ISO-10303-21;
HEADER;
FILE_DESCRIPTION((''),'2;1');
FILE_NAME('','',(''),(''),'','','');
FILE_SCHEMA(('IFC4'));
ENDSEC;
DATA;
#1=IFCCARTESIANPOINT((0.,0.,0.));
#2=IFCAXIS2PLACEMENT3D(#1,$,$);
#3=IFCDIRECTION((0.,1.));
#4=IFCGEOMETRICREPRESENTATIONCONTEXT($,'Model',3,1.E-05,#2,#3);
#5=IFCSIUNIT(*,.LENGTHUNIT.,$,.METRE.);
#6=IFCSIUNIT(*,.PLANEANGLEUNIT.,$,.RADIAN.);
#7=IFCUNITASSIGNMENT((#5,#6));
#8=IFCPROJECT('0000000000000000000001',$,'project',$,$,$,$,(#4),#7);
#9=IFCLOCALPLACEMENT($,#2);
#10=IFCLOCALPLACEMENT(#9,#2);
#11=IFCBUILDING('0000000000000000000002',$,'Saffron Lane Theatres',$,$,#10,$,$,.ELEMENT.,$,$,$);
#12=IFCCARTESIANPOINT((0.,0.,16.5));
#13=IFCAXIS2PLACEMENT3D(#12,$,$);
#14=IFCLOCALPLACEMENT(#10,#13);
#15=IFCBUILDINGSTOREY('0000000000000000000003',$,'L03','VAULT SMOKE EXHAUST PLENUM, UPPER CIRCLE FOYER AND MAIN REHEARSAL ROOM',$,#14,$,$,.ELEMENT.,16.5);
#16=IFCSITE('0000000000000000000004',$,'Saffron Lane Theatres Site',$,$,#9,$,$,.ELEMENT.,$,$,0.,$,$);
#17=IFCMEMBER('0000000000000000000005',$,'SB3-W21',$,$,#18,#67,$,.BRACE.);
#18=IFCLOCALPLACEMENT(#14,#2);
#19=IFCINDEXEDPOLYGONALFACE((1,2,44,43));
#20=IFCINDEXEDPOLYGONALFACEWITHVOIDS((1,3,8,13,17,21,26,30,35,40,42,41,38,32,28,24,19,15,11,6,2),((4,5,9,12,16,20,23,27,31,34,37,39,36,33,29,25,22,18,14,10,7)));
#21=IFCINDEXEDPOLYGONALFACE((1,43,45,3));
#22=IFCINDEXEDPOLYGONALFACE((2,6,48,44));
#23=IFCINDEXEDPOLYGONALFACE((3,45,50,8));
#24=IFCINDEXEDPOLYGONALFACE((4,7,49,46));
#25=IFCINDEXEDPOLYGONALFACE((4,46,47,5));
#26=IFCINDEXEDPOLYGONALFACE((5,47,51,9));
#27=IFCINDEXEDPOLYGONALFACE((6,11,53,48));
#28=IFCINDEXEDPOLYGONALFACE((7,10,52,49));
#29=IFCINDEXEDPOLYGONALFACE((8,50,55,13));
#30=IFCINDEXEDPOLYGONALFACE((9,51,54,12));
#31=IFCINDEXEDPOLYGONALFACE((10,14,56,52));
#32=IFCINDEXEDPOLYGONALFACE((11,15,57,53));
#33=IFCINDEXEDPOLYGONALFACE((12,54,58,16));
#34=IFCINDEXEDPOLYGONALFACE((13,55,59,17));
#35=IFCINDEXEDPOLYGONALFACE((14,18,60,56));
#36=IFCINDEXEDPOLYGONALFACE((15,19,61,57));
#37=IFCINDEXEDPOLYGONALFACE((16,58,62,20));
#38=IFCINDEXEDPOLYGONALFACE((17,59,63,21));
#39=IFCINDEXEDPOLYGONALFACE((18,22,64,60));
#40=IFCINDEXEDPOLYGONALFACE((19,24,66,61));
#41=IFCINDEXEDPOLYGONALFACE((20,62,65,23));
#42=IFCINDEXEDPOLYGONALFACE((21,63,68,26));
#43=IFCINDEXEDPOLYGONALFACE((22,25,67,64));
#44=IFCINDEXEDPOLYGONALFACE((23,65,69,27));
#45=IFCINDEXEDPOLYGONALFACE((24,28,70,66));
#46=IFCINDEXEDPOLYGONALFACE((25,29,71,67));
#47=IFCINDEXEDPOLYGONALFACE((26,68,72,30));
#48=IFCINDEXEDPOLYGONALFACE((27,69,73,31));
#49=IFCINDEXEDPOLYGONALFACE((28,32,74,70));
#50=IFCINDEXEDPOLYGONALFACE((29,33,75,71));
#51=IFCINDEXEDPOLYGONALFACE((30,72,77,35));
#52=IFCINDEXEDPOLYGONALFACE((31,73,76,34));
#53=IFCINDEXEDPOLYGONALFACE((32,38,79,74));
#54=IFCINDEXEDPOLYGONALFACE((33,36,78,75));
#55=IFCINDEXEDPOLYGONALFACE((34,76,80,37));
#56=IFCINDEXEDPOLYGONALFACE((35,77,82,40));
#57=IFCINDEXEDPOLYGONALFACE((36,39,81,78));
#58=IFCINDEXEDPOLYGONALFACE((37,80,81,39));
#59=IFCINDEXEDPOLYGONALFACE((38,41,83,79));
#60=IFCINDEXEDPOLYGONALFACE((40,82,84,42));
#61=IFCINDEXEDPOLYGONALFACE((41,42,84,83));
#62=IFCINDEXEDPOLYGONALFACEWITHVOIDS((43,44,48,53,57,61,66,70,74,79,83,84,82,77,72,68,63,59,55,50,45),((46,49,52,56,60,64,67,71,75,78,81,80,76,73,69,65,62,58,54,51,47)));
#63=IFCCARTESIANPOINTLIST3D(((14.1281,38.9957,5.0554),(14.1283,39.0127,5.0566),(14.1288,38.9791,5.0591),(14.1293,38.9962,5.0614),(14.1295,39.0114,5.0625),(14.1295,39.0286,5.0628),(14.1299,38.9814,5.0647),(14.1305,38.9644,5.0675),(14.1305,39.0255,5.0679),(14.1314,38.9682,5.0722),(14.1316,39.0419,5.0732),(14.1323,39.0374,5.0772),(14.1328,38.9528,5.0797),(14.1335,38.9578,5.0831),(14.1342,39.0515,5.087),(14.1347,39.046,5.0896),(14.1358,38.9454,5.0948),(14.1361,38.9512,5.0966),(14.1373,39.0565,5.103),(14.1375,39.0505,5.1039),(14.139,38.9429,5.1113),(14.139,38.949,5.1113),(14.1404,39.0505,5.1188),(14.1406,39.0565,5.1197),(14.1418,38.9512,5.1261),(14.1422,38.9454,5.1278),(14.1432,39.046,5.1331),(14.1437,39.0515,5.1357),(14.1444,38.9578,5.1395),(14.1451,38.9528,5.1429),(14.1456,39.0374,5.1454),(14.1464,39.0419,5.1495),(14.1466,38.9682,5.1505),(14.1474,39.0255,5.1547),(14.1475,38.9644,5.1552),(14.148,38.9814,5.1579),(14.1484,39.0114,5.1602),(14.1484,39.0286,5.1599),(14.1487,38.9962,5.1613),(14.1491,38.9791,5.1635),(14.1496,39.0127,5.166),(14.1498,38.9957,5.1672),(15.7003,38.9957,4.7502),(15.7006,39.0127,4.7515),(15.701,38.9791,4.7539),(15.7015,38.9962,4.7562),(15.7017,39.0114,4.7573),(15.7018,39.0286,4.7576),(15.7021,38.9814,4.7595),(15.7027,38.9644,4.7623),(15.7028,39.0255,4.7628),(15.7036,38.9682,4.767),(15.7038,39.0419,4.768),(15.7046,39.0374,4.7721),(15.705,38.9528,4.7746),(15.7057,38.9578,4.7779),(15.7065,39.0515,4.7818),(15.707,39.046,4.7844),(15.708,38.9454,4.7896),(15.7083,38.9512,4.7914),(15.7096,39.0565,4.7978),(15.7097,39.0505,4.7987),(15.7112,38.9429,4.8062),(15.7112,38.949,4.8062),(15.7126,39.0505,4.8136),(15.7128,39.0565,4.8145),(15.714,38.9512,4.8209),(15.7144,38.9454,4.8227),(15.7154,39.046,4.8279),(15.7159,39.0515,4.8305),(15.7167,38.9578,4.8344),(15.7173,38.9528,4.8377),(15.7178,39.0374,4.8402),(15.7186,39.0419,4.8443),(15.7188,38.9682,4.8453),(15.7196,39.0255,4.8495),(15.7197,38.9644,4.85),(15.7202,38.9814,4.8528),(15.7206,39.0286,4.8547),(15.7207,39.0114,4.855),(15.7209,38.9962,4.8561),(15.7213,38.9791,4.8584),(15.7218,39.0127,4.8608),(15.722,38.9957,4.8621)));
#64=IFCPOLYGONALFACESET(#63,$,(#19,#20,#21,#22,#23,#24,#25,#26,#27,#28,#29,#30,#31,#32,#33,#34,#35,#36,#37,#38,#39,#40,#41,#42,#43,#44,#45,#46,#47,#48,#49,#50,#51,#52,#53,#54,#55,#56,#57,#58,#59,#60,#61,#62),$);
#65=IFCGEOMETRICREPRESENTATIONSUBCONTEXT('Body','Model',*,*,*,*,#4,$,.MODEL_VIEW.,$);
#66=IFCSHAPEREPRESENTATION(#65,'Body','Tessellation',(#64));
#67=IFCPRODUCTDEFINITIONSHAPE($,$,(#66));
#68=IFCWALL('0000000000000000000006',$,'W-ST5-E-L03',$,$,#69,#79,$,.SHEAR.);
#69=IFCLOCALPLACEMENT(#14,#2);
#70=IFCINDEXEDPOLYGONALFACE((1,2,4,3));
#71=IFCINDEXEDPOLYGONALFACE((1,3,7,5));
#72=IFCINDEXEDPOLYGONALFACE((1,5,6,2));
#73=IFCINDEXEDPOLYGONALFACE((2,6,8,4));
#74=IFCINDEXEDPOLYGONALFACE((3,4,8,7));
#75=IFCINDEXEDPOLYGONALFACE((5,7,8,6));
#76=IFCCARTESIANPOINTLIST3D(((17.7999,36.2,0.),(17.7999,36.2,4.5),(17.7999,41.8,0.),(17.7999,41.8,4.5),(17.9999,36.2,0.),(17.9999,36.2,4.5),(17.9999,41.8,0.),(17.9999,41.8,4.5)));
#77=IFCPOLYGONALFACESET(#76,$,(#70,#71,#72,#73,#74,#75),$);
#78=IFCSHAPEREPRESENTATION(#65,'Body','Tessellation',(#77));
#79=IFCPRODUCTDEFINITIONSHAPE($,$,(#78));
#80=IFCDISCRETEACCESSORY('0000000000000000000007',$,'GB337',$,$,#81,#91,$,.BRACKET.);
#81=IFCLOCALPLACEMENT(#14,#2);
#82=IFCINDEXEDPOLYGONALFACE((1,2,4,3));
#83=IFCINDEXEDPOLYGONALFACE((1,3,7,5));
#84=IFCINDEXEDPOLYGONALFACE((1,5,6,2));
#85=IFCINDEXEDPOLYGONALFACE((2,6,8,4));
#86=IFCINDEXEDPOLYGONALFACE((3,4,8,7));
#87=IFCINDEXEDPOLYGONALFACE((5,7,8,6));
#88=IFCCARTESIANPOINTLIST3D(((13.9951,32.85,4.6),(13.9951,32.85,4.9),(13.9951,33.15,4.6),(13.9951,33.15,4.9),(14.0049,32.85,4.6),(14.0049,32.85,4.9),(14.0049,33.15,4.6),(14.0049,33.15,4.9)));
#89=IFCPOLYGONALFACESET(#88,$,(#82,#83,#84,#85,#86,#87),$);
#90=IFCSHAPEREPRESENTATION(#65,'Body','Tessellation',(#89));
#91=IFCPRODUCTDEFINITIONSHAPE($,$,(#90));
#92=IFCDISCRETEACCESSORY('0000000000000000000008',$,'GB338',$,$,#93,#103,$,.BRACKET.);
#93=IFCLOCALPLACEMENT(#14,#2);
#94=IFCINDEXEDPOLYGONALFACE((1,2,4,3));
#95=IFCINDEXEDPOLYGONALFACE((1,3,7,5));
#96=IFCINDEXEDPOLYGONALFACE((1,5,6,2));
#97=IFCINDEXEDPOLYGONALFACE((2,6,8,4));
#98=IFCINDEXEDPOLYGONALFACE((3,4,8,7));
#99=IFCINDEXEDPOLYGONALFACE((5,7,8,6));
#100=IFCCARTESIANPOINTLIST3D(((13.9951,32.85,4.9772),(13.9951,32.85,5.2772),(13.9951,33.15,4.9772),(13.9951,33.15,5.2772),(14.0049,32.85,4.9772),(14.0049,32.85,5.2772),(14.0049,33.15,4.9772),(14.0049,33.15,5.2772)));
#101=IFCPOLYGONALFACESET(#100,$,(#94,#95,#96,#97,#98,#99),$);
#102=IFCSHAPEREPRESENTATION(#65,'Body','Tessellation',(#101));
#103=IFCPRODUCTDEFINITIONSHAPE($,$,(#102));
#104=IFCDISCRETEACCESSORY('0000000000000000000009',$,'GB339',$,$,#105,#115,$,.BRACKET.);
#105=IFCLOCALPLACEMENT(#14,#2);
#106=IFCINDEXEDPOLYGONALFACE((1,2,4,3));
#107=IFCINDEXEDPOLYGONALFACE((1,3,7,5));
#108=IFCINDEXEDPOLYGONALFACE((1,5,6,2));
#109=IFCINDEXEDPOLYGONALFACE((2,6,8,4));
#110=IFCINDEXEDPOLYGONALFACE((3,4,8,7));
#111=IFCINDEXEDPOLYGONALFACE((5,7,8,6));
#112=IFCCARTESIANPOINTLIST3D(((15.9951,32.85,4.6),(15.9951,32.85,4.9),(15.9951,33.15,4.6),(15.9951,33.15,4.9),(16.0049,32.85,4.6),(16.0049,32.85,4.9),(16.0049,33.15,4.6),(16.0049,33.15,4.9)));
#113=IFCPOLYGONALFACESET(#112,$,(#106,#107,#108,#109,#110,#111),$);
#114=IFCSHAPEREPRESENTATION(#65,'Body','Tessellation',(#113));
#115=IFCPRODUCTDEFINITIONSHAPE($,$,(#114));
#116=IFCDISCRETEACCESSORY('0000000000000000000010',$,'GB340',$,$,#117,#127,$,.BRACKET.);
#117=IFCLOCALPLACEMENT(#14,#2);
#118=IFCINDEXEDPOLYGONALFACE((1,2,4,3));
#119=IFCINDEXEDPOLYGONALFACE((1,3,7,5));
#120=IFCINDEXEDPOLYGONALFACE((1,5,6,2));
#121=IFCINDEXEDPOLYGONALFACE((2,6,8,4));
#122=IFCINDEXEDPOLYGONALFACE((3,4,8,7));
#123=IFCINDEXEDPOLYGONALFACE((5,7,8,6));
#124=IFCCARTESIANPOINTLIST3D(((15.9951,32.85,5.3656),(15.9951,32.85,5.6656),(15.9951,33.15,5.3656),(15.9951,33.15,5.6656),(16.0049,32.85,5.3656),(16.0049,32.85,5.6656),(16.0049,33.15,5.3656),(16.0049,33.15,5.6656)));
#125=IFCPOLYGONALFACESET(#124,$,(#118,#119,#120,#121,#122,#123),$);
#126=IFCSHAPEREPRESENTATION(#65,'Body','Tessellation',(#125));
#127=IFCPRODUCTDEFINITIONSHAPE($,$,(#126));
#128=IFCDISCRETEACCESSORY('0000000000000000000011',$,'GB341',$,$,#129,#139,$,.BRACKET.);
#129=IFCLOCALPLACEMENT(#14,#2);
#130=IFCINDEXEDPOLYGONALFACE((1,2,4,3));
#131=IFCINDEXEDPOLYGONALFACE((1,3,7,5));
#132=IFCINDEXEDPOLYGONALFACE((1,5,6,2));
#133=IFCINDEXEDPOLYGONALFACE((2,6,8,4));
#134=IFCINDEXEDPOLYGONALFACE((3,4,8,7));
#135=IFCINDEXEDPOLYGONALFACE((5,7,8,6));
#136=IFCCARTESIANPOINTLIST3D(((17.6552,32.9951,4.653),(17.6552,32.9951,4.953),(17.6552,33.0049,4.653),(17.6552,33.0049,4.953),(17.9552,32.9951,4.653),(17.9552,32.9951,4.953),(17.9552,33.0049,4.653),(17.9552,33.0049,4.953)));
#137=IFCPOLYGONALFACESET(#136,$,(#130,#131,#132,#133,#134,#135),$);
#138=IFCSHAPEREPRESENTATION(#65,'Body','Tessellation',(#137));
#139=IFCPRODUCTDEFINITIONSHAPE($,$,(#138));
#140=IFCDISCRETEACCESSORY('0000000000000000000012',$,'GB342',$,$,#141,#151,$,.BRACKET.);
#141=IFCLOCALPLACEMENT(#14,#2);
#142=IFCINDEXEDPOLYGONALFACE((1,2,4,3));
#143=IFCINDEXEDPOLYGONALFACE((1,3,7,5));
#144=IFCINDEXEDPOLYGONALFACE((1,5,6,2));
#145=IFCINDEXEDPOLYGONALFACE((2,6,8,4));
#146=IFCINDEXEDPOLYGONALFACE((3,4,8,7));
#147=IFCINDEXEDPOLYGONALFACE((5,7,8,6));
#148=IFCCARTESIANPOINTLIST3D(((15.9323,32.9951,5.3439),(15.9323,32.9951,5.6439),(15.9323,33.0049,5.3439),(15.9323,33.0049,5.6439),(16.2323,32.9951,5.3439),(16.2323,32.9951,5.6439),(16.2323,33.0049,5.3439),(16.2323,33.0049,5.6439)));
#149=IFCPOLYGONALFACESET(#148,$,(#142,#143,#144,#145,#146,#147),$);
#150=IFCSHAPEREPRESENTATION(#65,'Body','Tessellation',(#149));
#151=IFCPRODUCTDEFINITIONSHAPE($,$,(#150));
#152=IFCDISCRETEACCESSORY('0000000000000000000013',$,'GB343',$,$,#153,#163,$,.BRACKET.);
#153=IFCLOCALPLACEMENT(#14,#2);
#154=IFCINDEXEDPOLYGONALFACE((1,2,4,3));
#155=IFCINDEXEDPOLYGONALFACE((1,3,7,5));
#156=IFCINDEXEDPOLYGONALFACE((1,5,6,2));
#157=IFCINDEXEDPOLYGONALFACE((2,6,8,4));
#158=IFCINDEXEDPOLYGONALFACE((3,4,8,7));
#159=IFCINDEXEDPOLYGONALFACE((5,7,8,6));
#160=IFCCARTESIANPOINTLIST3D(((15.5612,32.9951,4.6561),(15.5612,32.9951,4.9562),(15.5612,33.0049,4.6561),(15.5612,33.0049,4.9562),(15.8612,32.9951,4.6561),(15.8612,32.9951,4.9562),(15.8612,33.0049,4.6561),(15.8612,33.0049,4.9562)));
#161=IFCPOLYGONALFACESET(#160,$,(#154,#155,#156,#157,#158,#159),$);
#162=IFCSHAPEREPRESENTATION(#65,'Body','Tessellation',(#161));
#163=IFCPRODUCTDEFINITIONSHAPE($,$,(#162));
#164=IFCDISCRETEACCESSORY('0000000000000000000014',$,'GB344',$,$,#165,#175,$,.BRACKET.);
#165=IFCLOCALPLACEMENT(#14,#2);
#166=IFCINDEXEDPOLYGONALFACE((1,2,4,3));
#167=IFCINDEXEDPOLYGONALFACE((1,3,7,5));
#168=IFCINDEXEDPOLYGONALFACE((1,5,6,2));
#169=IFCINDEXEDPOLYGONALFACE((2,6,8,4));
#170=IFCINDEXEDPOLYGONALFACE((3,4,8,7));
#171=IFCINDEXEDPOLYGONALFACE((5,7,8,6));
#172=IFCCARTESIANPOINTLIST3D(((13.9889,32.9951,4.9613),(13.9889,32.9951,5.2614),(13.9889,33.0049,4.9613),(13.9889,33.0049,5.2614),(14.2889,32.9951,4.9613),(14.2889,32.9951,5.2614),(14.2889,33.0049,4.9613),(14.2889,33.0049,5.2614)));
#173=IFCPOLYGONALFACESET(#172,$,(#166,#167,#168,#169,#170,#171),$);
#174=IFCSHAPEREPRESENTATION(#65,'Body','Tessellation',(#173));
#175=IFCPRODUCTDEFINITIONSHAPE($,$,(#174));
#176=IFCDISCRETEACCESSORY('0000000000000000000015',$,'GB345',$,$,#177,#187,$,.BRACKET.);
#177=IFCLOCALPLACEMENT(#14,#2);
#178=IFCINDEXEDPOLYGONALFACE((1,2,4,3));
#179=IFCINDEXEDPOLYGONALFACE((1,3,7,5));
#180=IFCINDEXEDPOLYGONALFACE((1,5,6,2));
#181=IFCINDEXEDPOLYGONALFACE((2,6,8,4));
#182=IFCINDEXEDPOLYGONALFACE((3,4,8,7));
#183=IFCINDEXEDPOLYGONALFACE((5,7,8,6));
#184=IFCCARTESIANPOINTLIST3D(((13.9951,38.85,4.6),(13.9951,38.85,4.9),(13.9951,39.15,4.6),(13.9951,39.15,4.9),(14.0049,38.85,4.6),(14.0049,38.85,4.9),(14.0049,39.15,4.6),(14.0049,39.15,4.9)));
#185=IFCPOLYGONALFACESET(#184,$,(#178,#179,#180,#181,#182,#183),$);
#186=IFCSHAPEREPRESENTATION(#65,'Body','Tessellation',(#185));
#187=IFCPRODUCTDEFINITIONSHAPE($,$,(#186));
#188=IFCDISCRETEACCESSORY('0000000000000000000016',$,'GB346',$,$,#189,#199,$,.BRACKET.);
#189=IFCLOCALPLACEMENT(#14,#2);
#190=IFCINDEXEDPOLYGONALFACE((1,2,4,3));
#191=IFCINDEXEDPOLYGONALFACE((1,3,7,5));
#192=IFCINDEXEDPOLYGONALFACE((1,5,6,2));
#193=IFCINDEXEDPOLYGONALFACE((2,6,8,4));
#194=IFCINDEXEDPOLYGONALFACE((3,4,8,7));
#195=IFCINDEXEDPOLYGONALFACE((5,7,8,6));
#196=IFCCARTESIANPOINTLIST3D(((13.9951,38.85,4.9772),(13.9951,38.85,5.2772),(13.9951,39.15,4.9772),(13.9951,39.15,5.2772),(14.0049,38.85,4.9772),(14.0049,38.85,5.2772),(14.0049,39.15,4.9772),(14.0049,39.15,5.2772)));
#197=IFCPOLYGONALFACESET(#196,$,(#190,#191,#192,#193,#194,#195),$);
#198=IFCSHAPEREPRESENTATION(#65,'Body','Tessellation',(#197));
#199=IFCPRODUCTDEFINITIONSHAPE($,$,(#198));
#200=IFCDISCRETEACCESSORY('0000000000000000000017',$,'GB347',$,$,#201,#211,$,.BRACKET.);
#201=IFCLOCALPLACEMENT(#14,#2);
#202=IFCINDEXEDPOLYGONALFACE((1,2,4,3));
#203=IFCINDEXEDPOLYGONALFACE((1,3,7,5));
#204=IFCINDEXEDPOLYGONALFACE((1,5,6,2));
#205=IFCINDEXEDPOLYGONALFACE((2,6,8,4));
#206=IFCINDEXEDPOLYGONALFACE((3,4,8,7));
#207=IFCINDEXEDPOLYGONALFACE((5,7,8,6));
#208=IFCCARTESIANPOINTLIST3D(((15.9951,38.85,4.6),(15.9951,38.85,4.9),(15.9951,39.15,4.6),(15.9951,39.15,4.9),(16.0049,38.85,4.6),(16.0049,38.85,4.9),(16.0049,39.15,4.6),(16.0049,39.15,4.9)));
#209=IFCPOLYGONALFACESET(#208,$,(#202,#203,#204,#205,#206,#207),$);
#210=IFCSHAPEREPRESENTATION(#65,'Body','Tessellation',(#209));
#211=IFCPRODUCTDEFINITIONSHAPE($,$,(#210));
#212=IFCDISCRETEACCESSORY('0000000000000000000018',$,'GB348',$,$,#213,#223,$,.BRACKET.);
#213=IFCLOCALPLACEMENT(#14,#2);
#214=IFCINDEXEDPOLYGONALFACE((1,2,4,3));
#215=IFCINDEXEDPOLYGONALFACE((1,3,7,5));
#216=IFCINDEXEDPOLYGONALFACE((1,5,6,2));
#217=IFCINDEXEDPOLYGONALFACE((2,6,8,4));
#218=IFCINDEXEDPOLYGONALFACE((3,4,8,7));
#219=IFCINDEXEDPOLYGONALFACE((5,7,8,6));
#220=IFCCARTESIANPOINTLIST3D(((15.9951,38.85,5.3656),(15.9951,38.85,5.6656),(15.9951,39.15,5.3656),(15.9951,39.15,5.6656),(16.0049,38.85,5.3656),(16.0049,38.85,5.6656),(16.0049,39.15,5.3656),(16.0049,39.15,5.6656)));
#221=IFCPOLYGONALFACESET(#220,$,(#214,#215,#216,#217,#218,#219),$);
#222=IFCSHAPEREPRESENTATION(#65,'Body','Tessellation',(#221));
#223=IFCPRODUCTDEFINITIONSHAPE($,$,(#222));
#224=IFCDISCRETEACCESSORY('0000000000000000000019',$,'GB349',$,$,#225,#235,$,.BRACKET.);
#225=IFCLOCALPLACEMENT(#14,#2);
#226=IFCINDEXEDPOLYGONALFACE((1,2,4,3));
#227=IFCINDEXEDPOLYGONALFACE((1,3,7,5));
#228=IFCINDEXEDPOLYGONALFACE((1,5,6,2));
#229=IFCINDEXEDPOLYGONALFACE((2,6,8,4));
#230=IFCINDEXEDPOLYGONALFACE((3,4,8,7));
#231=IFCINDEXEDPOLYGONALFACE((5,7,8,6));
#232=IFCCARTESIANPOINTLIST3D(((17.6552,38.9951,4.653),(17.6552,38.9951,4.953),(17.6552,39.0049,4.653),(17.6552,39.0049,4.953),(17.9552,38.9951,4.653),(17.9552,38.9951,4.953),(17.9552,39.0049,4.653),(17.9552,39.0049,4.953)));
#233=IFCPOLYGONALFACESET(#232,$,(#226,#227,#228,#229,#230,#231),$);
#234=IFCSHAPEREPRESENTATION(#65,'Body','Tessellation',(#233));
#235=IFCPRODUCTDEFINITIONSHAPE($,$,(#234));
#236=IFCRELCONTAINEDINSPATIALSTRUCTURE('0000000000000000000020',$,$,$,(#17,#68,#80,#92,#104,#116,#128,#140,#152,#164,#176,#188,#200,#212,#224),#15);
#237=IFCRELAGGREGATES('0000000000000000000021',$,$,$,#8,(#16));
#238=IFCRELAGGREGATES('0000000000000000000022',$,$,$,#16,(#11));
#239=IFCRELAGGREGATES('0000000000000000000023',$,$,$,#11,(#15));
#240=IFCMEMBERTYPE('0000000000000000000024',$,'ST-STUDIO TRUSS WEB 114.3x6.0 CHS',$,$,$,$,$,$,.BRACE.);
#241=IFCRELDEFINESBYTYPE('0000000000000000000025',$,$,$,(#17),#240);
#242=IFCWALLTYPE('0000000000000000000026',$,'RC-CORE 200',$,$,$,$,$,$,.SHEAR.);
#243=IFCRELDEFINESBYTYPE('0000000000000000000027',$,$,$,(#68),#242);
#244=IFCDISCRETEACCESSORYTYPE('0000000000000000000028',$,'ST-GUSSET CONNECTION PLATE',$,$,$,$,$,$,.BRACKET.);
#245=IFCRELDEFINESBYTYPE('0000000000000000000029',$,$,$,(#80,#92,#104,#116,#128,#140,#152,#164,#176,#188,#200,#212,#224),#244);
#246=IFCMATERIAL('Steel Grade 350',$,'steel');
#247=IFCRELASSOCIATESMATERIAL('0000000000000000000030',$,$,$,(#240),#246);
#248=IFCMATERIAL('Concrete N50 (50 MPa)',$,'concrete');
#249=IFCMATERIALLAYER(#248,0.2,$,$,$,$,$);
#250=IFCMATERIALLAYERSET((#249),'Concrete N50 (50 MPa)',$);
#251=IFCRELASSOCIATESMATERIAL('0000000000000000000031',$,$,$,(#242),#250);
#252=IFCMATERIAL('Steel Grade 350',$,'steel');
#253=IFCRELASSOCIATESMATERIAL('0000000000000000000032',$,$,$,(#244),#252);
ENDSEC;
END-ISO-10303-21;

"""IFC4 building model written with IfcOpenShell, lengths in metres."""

from ifc_helpers import new_model, si_unit, direction, frame, frame_2d, origin, origin_2d, place, context, subcontext, project, spatial, rectangle, hollow_circle, extrude, material, layer, layer_set, material_profile, profile_set, type_object, element, save


model = new_model("IFC4")

# Units and contexts
model_context = context("Model", 3, precision=1e-05, world=origin(), true_north=direction((0.0, 1.0)))
body_context = subcontext(model_context, "Body", "Model", "MODEL_VIEW")
ifc_project = project(units=[si_unit("LENGTHUNIT", "METRE"), si_unit("PLANEANGLEUNIT", "RADIAN")], contexts=[model_context])

# Site, building, storey
site_placement = place(None, origin())
site = spatial("IfcSite", under=ifc_project, at=site_placement, Name="Saffron Lane Theatres Site", CompositionType="ELEMENT", RefElevation=0.0)
building_placement = place(site_placement, origin())
building = spatial("IfcBuilding", under=site, at=building_placement, Name="Saffron Lane Theatres", CompositionType="ELEMENT")
storey_placement = place(building_placement, frame((0.0, 0.0, 16.5)))
storey = spatial("IfcBuildingStorey", under=building, at=storey_placement, Name="L03", Description="VAULT SMOKE EXHAUST PLENUM, UPPER CIRCLE FOYER AND MAIN REHEARSAL ROOM", CompositionType="ELEMENT", Elevation=16.5)

# Member
ifc_material_1 = material(Name="Steel Grade 350", Category="steel")
ifc_material_profile_1 = material_profile(ifc_material_1, hollow_circle(Radius=0.0571, WallThickness=0.0061, at=origin_2d()))
ifc_profile_set_1 = profile_set([ifc_material_profile_1], Name="Steel Grade 350")
member_type_1 = type_object("IfcMemberType", Name="ST-STUDIO TRUSS WEB 114.3x6.0 CHS", PredefinedType="BRACE", material=ifc_profile_set_1)
member_1_placement = place(storey_placement, frame((15.7112, 39.0, 4.8062), z_axis=(-0.981679, 0.0, 0.190543), x_axis=(0.0, -1.0, 0.0)))
element("IfcMember", 1, at=member_1_placement, inside=storey, type_object=member_type_1, Name="SB3-W21", PredefinedType="BRACE", context=body_context, shape_type="SweptSolid", body=[
    extrude(hollow_circle(Radius=0.0571, WallThickness=0.0061, at=origin_2d()), origin(), (0.0, 0.0, 1.0), 1.6016),
])

# Wall
ifc_material_2 = material(Name="Concrete N50 (50 MPa)", Category="concrete")
ifc_layer = layer(ifc_material_2, 0.2)
ifc_layer_set = layer_set([ifc_layer], Name="Concrete N50 (50 MPa)")
wall_type = type_object("IfcWallType", Name="RC-CORE 200", PredefinedType="SHEAR", material=ifc_layer_set)
wall_placement = place(storey_placement, frame((17.8999, 36.2, 0.0), z_axis=(0.0, 0.0, 1.0), x_axis=(0.0, 1.0, 0.0)))
element("IfcWall", 2, at=wall_placement, inside=storey, type_object=wall_type, Name="W-ST5-E-L03", PredefinedType="SHEAR", context=body_context, shape_type="SweptSolid", body=[
    extrude(rectangle(XDim=5.6001, YDim=0.2, at=frame_2d((2.8, 0.0))), origin(), (0.0, 0.0, 1.0), 4.5),
])

# Discrete accessories
ifc_material_3 = material(Name="Steel Grade 350", Category="steel")
ifc_material_profile_2 = material_profile(ifc_material_3, rectangle(XDim=0.3, YDim=0.3, at=origin_2d()))
ifc_profile_set_2 = profile_set([ifc_material_profile_2], Name="Steel Grade 350")
discrete_accessory_type_1 = type_object("IfcDiscreteAccessoryType", Name="ST-GUSSET CONNECTION PLATE", PredefinedType="BRACKET", material=ifc_profile_set_2)
for number, where, z_axis, x_axis, name in (
    (3, (13.9951, 33.0, 4.75), (1.0, 0.0, 0.0), (0.0, 1.0, 0.0), "GB337"),
    (4, (13.9951, 33.0, 5.1272), (1.0, 0.0, 0.0), (0.0, 1.0, 0.0), "GB338"),
    (5, (15.9951, 33.0, 4.75), (1.0, 0.0, 0.0), (0.0, 1.0, 0.0), "GB339"),
    (6, (15.9951, 33.0, 5.5156), (1.0, 0.0, 0.0), (0.0, 1.0, 0.0), "GB340"),
    (7, (17.8052, 32.9951, 4.803), (0.0, 1.0, 0.0), (-1.0, 0.0, 0.0), "GB341"),
    (8, (16.0823, 32.9951, 5.4939), (0.0, 1.0, 0.0), (-1.0, 0.0, 0.0), "GB342"),
    (9, (15.7112, 32.9951, 4.8062), (0.0, 1.0, 0.0), (-1.0, 0.0, 0.0), "GB343"),
    (10, (14.1389, 32.9951, 5.1113), (0.0, 1.0, 0.0), (-1.0, 0.0, 0.0), "GB344"),
    (11, (13.9951, 39.0, 4.75), (1.0, 0.0, 0.0), (0.0, 1.0, 0.0), "GB345"),
    (12, (13.9951, 39.0, 5.1272), (1.0, 0.0, 0.0), (0.0, 1.0, 0.0), "GB346"),
    (13, (15.9951, 39.0, 4.75), (1.0, 0.0, 0.0), (0.0, 1.0, 0.0), "GB347"),
    (14, (15.9951, 39.0, 5.5156), (1.0, 0.0, 0.0), (0.0, 1.0, 0.0), "GB348"),
    (15, (17.8052, 38.9951, 4.803), (0.0, 1.0, 0.0), (-1.0, 0.0, 0.0), "GB349"),
):
    element("IfcDiscreteAccessory", number, at=place(storey_placement, frame(where, z_axis=z_axis, x_axis=x_axis)), inside=storey, type_object=discrete_accessory_type_1, Name=name, PredefinedType="BRACKET", context=body_context, shape_type="SweptSolid", body=[
        extrude(rectangle(XDim=0.3, YDim=0.3, at=origin_2d()), origin(), (0.0, 0.0, 1.0), 0.0098),
    ])

save(model, "model.ifc")
